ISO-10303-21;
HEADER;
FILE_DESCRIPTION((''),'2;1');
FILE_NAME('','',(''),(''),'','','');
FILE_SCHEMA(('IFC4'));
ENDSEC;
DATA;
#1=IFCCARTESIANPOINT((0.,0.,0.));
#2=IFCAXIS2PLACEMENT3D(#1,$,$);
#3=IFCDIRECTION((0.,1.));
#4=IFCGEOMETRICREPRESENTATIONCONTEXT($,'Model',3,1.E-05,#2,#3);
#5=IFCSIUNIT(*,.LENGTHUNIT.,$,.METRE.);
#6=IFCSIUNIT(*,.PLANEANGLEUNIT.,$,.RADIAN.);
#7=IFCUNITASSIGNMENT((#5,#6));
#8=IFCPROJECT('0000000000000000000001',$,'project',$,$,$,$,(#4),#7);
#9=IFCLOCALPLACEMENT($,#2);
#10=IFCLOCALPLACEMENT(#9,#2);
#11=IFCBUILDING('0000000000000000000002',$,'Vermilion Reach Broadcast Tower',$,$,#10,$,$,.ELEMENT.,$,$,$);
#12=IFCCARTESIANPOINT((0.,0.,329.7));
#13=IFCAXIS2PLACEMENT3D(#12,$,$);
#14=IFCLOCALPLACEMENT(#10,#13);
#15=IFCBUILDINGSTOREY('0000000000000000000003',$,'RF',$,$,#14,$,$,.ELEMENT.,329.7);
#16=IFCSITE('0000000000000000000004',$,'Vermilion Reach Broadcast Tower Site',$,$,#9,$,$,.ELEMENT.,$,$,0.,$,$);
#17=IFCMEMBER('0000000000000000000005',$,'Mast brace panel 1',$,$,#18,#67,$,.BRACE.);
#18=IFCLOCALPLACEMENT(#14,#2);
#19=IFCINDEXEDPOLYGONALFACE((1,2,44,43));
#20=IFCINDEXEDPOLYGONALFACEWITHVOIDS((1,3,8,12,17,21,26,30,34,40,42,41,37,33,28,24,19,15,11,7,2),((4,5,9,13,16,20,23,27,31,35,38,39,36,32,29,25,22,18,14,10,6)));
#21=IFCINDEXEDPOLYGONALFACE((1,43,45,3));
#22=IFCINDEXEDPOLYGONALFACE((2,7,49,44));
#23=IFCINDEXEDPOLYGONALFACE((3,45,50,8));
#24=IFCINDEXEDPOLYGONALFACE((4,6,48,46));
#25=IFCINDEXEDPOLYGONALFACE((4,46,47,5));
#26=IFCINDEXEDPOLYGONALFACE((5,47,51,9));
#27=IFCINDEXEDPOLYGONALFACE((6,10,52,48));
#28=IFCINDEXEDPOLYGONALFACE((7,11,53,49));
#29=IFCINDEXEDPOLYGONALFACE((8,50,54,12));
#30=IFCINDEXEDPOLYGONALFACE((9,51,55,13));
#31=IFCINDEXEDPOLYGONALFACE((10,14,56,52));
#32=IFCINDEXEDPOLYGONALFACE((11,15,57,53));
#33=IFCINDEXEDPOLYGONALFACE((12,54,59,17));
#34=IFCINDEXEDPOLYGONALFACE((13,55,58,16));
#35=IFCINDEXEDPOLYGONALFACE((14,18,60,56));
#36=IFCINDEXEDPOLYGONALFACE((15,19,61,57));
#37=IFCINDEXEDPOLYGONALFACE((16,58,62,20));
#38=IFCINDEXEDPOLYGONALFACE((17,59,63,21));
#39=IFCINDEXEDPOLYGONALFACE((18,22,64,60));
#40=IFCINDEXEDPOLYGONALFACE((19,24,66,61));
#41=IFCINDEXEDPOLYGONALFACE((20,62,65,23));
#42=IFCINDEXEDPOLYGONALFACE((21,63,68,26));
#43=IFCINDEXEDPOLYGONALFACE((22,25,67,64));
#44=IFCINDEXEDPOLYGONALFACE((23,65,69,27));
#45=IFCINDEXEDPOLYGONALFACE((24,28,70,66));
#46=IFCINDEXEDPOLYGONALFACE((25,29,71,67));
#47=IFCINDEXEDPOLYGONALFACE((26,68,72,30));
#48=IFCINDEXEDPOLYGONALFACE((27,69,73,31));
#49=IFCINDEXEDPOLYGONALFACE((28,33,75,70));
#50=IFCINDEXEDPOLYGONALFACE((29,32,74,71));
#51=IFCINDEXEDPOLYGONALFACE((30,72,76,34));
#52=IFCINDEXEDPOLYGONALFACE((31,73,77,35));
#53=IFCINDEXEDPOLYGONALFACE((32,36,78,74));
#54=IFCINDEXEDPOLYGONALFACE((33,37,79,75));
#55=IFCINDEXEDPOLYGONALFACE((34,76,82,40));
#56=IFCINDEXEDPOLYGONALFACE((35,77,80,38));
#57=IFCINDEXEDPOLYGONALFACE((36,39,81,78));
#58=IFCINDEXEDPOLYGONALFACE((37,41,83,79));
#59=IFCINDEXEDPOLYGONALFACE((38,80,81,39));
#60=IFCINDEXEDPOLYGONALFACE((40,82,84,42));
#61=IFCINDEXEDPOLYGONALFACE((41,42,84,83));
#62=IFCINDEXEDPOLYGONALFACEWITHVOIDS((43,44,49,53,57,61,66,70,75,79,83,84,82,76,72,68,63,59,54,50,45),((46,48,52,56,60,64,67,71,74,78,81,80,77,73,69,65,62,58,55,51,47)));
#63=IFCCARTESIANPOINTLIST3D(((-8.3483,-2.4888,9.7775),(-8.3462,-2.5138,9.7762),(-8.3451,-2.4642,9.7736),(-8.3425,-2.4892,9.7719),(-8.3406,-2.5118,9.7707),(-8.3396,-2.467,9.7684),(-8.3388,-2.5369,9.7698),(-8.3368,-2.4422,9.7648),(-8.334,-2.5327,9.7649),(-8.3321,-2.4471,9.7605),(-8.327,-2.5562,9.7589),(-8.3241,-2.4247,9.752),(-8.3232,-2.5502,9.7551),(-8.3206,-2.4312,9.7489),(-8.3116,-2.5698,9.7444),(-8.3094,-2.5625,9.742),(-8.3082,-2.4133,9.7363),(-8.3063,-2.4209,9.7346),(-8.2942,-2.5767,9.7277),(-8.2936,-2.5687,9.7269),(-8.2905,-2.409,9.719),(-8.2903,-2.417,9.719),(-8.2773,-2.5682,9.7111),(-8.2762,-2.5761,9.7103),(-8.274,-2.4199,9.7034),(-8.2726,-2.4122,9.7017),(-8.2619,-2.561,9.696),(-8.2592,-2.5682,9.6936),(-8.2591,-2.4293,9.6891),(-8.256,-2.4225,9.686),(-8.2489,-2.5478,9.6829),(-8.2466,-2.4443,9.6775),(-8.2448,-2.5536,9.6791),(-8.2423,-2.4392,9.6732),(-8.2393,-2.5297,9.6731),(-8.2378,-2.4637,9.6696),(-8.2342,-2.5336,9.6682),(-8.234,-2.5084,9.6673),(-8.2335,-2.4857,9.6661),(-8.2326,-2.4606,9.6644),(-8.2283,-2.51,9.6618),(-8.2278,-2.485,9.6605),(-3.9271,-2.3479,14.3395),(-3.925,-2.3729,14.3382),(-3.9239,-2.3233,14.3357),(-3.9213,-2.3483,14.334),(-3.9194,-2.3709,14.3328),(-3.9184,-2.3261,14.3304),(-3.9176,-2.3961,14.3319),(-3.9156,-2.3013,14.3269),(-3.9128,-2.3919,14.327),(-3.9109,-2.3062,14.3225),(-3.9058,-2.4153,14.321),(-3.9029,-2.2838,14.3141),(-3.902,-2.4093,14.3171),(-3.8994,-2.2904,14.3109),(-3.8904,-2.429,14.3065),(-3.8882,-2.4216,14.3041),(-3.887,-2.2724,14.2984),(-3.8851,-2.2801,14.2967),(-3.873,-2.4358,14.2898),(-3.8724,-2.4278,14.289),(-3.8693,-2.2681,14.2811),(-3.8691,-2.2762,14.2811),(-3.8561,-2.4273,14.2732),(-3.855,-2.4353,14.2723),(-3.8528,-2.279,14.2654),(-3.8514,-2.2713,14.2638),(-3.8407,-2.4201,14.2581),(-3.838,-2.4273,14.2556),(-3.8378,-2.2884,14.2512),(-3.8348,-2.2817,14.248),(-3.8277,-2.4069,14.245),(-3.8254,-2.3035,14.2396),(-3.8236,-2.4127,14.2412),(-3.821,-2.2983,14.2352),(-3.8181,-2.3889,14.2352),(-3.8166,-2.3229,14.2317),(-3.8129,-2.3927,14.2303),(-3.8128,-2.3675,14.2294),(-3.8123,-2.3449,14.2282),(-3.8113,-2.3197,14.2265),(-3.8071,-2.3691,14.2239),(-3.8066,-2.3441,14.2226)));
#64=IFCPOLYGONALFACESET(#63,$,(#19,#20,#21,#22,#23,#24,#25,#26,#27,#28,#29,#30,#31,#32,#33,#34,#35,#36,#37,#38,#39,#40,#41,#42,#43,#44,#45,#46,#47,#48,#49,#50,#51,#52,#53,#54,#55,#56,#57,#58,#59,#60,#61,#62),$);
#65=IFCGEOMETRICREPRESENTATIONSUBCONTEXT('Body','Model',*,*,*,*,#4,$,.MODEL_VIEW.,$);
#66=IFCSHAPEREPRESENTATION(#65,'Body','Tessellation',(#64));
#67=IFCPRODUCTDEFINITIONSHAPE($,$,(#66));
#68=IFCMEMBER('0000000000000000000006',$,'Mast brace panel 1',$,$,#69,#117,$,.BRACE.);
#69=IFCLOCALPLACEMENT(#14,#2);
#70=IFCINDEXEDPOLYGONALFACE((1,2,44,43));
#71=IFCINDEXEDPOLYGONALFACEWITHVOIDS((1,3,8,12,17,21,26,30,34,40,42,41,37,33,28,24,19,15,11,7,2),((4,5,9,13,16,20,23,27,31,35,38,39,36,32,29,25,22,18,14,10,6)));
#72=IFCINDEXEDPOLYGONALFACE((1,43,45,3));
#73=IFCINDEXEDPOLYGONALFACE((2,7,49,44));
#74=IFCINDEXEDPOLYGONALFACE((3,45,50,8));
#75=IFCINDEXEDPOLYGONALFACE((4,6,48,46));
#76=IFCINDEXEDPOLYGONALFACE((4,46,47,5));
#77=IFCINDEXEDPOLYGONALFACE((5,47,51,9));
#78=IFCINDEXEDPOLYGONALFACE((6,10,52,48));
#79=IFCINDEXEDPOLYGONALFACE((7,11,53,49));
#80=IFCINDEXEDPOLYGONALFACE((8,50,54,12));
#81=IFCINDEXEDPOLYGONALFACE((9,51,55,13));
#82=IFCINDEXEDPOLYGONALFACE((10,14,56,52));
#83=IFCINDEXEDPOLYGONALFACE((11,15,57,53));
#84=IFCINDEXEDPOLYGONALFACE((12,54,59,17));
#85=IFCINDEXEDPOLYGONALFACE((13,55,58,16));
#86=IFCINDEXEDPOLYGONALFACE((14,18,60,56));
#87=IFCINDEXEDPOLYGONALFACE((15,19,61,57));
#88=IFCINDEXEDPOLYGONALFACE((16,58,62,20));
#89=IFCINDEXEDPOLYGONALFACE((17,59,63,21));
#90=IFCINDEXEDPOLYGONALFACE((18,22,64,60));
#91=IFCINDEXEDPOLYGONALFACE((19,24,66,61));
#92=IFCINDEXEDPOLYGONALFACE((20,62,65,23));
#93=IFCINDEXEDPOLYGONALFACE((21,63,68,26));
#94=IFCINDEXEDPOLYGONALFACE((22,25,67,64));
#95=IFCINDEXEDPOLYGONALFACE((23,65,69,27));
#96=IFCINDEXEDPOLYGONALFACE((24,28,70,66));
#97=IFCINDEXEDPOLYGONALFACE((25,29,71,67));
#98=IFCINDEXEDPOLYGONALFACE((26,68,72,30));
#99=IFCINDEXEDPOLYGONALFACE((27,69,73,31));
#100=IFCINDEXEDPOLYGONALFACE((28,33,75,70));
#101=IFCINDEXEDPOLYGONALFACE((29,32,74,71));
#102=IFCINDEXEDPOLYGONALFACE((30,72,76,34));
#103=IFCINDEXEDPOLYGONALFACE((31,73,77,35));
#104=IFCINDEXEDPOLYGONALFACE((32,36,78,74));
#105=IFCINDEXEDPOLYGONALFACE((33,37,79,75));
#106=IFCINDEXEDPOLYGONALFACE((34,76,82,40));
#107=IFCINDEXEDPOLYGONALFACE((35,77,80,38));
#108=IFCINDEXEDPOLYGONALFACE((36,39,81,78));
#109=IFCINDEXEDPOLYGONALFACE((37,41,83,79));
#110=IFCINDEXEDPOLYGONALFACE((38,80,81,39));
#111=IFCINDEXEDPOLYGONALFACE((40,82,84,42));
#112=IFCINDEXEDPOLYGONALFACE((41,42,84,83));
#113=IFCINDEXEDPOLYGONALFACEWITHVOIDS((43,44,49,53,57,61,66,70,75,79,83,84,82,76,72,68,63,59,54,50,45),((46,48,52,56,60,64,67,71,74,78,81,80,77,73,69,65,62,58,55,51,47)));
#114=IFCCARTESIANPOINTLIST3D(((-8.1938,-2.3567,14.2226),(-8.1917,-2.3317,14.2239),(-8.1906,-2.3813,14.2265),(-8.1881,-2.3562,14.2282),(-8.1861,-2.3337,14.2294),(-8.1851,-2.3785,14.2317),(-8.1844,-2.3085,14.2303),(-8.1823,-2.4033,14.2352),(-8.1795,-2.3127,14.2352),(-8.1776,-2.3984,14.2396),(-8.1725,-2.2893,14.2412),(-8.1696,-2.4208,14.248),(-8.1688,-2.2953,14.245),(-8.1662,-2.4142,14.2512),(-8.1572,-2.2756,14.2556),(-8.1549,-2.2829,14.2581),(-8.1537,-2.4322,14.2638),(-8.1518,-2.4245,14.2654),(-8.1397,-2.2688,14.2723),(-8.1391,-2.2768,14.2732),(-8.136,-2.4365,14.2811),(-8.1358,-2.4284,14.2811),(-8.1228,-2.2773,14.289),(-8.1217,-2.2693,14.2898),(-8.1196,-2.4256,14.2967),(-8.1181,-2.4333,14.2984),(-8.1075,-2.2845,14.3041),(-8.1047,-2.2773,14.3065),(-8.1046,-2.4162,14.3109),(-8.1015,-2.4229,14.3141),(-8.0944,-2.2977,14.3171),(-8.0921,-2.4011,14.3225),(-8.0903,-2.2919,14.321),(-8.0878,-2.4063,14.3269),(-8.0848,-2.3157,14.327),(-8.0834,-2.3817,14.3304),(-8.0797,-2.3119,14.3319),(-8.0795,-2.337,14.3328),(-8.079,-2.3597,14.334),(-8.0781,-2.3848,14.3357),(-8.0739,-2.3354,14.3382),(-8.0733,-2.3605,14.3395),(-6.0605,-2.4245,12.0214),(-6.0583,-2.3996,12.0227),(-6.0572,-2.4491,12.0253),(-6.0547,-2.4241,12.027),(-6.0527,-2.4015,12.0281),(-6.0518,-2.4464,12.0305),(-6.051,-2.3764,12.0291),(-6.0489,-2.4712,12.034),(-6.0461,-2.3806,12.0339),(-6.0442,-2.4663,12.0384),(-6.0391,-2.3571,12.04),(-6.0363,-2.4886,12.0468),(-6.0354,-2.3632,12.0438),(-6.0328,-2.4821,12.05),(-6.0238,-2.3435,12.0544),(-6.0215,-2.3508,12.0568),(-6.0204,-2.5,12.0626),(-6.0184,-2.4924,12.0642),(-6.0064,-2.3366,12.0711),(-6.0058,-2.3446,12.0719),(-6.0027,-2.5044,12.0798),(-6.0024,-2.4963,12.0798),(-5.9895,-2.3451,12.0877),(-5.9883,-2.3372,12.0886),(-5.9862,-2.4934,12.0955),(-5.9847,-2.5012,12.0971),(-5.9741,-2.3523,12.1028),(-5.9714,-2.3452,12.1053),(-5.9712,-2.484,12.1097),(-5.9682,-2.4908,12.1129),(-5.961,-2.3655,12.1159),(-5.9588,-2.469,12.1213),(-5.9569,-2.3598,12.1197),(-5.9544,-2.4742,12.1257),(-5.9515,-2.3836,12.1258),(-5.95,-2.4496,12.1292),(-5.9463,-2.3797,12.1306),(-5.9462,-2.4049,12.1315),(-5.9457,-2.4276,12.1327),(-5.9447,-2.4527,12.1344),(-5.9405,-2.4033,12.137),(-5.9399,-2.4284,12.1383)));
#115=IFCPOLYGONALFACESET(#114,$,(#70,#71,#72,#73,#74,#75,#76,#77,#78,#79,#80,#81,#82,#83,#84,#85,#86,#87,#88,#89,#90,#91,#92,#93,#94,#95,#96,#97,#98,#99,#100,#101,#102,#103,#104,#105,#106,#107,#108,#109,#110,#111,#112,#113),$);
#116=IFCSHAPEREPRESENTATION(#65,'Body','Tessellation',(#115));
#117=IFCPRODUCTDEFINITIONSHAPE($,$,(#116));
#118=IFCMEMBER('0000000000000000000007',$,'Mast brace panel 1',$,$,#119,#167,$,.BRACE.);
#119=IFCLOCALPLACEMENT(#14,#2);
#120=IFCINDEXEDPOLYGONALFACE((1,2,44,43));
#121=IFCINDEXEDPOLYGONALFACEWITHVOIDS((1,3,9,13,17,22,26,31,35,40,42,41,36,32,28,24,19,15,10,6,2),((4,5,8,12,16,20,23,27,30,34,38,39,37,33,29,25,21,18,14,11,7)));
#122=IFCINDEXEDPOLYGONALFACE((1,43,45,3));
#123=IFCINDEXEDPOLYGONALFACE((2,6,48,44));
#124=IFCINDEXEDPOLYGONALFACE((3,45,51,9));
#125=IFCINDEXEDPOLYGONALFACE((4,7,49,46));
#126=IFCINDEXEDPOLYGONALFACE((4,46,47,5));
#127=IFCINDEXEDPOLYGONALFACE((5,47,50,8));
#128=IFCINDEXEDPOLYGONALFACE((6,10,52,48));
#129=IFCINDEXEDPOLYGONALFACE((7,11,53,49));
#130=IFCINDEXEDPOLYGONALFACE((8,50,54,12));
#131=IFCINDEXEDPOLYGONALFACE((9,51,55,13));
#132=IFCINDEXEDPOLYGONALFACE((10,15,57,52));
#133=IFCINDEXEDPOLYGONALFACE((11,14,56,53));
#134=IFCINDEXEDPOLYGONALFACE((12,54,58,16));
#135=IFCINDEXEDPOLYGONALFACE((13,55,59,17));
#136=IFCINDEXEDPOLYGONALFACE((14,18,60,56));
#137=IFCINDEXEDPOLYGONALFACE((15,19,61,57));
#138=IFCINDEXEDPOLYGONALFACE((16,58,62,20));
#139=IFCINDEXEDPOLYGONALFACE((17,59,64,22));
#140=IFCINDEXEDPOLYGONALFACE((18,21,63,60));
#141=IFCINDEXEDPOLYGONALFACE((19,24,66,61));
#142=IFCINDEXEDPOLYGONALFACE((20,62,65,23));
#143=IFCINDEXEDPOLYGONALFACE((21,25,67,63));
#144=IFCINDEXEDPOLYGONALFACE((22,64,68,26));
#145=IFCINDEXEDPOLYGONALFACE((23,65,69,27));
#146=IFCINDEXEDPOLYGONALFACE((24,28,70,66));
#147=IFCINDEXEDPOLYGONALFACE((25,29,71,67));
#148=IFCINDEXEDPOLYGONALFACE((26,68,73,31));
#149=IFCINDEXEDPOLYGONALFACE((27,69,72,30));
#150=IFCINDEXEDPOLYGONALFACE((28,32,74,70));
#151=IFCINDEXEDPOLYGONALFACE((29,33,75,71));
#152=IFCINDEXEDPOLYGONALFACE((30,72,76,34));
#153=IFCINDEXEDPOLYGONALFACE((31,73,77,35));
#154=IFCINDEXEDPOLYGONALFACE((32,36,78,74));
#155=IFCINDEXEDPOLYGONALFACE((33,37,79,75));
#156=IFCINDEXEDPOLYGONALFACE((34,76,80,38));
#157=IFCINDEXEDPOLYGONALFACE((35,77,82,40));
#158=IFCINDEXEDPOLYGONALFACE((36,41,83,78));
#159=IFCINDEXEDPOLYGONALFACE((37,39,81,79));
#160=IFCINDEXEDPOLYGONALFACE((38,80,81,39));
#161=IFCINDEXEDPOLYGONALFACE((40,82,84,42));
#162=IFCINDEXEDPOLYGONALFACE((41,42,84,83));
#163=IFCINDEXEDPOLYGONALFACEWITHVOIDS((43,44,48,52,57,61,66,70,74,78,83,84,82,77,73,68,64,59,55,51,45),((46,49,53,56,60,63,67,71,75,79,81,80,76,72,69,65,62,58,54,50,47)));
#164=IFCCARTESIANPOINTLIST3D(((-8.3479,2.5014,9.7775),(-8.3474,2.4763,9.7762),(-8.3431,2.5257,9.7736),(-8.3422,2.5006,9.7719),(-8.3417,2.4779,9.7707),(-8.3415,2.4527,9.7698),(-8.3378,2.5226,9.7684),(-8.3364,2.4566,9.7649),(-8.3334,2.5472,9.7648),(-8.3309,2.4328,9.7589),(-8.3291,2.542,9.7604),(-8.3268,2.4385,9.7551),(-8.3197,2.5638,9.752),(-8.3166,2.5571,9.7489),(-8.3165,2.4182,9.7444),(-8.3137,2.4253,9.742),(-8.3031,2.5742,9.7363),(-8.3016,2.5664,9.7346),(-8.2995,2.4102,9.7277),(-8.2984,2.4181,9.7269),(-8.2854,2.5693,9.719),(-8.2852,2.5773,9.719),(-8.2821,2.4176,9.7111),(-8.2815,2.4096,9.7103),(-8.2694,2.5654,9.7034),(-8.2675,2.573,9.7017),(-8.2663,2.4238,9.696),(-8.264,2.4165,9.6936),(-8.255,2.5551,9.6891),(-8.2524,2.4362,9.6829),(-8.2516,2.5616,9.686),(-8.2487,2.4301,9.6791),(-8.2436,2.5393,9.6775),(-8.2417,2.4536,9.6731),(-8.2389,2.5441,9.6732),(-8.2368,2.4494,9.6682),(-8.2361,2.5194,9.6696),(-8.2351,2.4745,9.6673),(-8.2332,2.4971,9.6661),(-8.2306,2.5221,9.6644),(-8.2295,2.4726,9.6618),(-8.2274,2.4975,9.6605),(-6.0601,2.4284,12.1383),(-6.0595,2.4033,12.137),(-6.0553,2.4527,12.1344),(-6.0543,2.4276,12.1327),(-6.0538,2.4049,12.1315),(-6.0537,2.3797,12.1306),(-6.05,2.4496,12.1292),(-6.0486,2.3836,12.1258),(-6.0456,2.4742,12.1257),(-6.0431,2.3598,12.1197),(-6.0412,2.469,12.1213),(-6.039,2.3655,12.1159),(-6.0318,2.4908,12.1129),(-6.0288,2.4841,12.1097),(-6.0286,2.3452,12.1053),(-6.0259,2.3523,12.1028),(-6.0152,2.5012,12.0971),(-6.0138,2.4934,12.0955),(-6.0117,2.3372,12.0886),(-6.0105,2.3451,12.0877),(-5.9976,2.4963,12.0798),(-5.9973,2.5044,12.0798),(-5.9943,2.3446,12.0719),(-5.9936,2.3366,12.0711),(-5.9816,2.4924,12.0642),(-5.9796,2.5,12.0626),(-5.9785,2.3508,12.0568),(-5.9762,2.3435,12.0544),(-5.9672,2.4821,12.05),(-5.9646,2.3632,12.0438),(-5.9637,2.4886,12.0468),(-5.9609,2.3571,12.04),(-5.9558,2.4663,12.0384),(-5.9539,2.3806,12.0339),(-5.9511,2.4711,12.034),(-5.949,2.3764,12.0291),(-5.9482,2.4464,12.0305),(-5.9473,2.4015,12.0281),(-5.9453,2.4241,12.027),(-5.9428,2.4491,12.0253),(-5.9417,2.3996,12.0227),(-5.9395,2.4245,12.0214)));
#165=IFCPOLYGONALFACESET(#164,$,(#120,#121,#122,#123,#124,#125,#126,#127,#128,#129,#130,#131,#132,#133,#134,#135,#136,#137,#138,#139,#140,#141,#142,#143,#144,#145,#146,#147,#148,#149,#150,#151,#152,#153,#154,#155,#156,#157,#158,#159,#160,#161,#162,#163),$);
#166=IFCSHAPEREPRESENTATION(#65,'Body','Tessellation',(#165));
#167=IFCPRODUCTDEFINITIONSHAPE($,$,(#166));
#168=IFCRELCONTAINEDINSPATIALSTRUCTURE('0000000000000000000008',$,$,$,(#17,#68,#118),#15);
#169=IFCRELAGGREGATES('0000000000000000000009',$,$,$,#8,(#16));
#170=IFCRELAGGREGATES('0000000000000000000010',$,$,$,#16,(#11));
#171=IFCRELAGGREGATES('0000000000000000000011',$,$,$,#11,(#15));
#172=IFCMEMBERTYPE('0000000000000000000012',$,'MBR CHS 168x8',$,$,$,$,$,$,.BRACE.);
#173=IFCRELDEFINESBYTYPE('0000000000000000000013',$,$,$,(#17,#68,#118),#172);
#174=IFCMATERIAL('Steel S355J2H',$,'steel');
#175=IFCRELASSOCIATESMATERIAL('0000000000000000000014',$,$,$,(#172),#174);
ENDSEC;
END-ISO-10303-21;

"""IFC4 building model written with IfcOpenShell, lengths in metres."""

from ifc_helpers import new_model, si_unit, direction, frame, origin, origin_2d, place, context, subcontext, project, spatial, hollow_circle, extrude, material, material_profile, profile_set, type_object, element, save


model = new_model("IFC4")

# Units and contexts
model_context = context("Model", 3, precision=1e-05, world=origin(), true_north=direction((0.0, 1.0)))
body_context = subcontext(model_context, "Body", "Model", "MODEL_VIEW")
ifc_project = project(units=[si_unit("LENGTHUNIT", "METRE"), si_unit("PLANEANGLEUNIT", "RADIAN")], contexts=[model_context])

# Site, building, storey
site_placement = place(None, origin())
site = spatial("IfcSite", under=ifc_project, at=site_placement, Name="Vermilion Reach Broadcast Tower Site", CompositionType="ELEMENT", RefElevation=0.0)
building_placement = place(site_placement, origin())
building = spatial("IfcBuilding", under=site, at=building_placement, Name="Vermilion Reach Broadcast Tower", CompositionType="ELEMENT")
storey_placement = place(building_placement, frame((0.0, 0.0, 329.7)))
storey = spatial("IfcBuildingStorey", under=building, at=storey_placement, Name="RF", CompositionType="ELEMENT", Elevation=329.7)

# Members
ifc_material_1 = material(Name="Steel S355J2H", Category="steel")
ifc_material_profile_1 = material_profile(ifc_material_1, hollow_circle(Radius=0.0842, WallThickness=0.0081, at=origin_2d()), Name="S355J2H CHS 168x8")
ifc_profile_set_1 = profile_set([ifc_material_profile_1], Name="Steel S355J2H")
member_type_1 = type_object("IfcMemberType", Name="MBR CHS 168x8", PredefinedType="BRACE", material=ifc_profile_set_1)
member_1_placement = place(storey_placement, frame((-8.2878, -2.4932, 9.719), z_axis=(0.695762, 0.022169, 0.71793), x_axis=(-0.031846, 0.999493, 0.0)))
element("IfcMember", 1, at=member_1_placement, inside=storey, type_object=member_type_1, Name="Mast brace panel 1", PredefinedType="BRACE", context=body_context, shape_type="SweptSolid", body=[
    extrude(hollow_circle(Radius=0.0842, WallThickness=0.0081, at=origin_2d()), origin(), (0.0, 0.0, 1.0), 6.3545),
])
member_2_placement = place(storey_placement, frame((-6.0, -2.4202, 12.0798), z_axis=(-0.695779, 0.022136, 0.717915), x_axis=(-0.031799, -0.999494, 0.0)))
element("IfcMember", 2, at=member_2_placement, inside=storey, type_object=member_type_1, Name="Mast brace panel 1", PredefinedType="BRACE", context=body_context, shape_type="SweptSolid", body=[
    extrude(hollow_circle(Radius=0.0842, WallThickness=0.0081, at=origin_2d()), origin(), (0.0, 0.0, 1.0), 3.0662),
])
member_3_placement = place(storey_placement, frame((-8.2878, 2.4932, 9.719), z_axis=(0.695746, -0.022199, 0.717945), x_axis=(0.031891, 0.999491, 0.0)))
element("IfcMember", 3, at=member_3_placement, inside=storey, type_object=member_type_1, Name="Mast brace panel 1", PredefinedType="BRACE", context=body_context, shape_type="SweptSolid", body=[
    extrude(hollow_circle(Radius=0.0842, WallThickness=0.0081, at=origin_2d()), origin(), (0.0, 0.0, 1.0), 3.2883),
])

save(model, "model.ifc")
